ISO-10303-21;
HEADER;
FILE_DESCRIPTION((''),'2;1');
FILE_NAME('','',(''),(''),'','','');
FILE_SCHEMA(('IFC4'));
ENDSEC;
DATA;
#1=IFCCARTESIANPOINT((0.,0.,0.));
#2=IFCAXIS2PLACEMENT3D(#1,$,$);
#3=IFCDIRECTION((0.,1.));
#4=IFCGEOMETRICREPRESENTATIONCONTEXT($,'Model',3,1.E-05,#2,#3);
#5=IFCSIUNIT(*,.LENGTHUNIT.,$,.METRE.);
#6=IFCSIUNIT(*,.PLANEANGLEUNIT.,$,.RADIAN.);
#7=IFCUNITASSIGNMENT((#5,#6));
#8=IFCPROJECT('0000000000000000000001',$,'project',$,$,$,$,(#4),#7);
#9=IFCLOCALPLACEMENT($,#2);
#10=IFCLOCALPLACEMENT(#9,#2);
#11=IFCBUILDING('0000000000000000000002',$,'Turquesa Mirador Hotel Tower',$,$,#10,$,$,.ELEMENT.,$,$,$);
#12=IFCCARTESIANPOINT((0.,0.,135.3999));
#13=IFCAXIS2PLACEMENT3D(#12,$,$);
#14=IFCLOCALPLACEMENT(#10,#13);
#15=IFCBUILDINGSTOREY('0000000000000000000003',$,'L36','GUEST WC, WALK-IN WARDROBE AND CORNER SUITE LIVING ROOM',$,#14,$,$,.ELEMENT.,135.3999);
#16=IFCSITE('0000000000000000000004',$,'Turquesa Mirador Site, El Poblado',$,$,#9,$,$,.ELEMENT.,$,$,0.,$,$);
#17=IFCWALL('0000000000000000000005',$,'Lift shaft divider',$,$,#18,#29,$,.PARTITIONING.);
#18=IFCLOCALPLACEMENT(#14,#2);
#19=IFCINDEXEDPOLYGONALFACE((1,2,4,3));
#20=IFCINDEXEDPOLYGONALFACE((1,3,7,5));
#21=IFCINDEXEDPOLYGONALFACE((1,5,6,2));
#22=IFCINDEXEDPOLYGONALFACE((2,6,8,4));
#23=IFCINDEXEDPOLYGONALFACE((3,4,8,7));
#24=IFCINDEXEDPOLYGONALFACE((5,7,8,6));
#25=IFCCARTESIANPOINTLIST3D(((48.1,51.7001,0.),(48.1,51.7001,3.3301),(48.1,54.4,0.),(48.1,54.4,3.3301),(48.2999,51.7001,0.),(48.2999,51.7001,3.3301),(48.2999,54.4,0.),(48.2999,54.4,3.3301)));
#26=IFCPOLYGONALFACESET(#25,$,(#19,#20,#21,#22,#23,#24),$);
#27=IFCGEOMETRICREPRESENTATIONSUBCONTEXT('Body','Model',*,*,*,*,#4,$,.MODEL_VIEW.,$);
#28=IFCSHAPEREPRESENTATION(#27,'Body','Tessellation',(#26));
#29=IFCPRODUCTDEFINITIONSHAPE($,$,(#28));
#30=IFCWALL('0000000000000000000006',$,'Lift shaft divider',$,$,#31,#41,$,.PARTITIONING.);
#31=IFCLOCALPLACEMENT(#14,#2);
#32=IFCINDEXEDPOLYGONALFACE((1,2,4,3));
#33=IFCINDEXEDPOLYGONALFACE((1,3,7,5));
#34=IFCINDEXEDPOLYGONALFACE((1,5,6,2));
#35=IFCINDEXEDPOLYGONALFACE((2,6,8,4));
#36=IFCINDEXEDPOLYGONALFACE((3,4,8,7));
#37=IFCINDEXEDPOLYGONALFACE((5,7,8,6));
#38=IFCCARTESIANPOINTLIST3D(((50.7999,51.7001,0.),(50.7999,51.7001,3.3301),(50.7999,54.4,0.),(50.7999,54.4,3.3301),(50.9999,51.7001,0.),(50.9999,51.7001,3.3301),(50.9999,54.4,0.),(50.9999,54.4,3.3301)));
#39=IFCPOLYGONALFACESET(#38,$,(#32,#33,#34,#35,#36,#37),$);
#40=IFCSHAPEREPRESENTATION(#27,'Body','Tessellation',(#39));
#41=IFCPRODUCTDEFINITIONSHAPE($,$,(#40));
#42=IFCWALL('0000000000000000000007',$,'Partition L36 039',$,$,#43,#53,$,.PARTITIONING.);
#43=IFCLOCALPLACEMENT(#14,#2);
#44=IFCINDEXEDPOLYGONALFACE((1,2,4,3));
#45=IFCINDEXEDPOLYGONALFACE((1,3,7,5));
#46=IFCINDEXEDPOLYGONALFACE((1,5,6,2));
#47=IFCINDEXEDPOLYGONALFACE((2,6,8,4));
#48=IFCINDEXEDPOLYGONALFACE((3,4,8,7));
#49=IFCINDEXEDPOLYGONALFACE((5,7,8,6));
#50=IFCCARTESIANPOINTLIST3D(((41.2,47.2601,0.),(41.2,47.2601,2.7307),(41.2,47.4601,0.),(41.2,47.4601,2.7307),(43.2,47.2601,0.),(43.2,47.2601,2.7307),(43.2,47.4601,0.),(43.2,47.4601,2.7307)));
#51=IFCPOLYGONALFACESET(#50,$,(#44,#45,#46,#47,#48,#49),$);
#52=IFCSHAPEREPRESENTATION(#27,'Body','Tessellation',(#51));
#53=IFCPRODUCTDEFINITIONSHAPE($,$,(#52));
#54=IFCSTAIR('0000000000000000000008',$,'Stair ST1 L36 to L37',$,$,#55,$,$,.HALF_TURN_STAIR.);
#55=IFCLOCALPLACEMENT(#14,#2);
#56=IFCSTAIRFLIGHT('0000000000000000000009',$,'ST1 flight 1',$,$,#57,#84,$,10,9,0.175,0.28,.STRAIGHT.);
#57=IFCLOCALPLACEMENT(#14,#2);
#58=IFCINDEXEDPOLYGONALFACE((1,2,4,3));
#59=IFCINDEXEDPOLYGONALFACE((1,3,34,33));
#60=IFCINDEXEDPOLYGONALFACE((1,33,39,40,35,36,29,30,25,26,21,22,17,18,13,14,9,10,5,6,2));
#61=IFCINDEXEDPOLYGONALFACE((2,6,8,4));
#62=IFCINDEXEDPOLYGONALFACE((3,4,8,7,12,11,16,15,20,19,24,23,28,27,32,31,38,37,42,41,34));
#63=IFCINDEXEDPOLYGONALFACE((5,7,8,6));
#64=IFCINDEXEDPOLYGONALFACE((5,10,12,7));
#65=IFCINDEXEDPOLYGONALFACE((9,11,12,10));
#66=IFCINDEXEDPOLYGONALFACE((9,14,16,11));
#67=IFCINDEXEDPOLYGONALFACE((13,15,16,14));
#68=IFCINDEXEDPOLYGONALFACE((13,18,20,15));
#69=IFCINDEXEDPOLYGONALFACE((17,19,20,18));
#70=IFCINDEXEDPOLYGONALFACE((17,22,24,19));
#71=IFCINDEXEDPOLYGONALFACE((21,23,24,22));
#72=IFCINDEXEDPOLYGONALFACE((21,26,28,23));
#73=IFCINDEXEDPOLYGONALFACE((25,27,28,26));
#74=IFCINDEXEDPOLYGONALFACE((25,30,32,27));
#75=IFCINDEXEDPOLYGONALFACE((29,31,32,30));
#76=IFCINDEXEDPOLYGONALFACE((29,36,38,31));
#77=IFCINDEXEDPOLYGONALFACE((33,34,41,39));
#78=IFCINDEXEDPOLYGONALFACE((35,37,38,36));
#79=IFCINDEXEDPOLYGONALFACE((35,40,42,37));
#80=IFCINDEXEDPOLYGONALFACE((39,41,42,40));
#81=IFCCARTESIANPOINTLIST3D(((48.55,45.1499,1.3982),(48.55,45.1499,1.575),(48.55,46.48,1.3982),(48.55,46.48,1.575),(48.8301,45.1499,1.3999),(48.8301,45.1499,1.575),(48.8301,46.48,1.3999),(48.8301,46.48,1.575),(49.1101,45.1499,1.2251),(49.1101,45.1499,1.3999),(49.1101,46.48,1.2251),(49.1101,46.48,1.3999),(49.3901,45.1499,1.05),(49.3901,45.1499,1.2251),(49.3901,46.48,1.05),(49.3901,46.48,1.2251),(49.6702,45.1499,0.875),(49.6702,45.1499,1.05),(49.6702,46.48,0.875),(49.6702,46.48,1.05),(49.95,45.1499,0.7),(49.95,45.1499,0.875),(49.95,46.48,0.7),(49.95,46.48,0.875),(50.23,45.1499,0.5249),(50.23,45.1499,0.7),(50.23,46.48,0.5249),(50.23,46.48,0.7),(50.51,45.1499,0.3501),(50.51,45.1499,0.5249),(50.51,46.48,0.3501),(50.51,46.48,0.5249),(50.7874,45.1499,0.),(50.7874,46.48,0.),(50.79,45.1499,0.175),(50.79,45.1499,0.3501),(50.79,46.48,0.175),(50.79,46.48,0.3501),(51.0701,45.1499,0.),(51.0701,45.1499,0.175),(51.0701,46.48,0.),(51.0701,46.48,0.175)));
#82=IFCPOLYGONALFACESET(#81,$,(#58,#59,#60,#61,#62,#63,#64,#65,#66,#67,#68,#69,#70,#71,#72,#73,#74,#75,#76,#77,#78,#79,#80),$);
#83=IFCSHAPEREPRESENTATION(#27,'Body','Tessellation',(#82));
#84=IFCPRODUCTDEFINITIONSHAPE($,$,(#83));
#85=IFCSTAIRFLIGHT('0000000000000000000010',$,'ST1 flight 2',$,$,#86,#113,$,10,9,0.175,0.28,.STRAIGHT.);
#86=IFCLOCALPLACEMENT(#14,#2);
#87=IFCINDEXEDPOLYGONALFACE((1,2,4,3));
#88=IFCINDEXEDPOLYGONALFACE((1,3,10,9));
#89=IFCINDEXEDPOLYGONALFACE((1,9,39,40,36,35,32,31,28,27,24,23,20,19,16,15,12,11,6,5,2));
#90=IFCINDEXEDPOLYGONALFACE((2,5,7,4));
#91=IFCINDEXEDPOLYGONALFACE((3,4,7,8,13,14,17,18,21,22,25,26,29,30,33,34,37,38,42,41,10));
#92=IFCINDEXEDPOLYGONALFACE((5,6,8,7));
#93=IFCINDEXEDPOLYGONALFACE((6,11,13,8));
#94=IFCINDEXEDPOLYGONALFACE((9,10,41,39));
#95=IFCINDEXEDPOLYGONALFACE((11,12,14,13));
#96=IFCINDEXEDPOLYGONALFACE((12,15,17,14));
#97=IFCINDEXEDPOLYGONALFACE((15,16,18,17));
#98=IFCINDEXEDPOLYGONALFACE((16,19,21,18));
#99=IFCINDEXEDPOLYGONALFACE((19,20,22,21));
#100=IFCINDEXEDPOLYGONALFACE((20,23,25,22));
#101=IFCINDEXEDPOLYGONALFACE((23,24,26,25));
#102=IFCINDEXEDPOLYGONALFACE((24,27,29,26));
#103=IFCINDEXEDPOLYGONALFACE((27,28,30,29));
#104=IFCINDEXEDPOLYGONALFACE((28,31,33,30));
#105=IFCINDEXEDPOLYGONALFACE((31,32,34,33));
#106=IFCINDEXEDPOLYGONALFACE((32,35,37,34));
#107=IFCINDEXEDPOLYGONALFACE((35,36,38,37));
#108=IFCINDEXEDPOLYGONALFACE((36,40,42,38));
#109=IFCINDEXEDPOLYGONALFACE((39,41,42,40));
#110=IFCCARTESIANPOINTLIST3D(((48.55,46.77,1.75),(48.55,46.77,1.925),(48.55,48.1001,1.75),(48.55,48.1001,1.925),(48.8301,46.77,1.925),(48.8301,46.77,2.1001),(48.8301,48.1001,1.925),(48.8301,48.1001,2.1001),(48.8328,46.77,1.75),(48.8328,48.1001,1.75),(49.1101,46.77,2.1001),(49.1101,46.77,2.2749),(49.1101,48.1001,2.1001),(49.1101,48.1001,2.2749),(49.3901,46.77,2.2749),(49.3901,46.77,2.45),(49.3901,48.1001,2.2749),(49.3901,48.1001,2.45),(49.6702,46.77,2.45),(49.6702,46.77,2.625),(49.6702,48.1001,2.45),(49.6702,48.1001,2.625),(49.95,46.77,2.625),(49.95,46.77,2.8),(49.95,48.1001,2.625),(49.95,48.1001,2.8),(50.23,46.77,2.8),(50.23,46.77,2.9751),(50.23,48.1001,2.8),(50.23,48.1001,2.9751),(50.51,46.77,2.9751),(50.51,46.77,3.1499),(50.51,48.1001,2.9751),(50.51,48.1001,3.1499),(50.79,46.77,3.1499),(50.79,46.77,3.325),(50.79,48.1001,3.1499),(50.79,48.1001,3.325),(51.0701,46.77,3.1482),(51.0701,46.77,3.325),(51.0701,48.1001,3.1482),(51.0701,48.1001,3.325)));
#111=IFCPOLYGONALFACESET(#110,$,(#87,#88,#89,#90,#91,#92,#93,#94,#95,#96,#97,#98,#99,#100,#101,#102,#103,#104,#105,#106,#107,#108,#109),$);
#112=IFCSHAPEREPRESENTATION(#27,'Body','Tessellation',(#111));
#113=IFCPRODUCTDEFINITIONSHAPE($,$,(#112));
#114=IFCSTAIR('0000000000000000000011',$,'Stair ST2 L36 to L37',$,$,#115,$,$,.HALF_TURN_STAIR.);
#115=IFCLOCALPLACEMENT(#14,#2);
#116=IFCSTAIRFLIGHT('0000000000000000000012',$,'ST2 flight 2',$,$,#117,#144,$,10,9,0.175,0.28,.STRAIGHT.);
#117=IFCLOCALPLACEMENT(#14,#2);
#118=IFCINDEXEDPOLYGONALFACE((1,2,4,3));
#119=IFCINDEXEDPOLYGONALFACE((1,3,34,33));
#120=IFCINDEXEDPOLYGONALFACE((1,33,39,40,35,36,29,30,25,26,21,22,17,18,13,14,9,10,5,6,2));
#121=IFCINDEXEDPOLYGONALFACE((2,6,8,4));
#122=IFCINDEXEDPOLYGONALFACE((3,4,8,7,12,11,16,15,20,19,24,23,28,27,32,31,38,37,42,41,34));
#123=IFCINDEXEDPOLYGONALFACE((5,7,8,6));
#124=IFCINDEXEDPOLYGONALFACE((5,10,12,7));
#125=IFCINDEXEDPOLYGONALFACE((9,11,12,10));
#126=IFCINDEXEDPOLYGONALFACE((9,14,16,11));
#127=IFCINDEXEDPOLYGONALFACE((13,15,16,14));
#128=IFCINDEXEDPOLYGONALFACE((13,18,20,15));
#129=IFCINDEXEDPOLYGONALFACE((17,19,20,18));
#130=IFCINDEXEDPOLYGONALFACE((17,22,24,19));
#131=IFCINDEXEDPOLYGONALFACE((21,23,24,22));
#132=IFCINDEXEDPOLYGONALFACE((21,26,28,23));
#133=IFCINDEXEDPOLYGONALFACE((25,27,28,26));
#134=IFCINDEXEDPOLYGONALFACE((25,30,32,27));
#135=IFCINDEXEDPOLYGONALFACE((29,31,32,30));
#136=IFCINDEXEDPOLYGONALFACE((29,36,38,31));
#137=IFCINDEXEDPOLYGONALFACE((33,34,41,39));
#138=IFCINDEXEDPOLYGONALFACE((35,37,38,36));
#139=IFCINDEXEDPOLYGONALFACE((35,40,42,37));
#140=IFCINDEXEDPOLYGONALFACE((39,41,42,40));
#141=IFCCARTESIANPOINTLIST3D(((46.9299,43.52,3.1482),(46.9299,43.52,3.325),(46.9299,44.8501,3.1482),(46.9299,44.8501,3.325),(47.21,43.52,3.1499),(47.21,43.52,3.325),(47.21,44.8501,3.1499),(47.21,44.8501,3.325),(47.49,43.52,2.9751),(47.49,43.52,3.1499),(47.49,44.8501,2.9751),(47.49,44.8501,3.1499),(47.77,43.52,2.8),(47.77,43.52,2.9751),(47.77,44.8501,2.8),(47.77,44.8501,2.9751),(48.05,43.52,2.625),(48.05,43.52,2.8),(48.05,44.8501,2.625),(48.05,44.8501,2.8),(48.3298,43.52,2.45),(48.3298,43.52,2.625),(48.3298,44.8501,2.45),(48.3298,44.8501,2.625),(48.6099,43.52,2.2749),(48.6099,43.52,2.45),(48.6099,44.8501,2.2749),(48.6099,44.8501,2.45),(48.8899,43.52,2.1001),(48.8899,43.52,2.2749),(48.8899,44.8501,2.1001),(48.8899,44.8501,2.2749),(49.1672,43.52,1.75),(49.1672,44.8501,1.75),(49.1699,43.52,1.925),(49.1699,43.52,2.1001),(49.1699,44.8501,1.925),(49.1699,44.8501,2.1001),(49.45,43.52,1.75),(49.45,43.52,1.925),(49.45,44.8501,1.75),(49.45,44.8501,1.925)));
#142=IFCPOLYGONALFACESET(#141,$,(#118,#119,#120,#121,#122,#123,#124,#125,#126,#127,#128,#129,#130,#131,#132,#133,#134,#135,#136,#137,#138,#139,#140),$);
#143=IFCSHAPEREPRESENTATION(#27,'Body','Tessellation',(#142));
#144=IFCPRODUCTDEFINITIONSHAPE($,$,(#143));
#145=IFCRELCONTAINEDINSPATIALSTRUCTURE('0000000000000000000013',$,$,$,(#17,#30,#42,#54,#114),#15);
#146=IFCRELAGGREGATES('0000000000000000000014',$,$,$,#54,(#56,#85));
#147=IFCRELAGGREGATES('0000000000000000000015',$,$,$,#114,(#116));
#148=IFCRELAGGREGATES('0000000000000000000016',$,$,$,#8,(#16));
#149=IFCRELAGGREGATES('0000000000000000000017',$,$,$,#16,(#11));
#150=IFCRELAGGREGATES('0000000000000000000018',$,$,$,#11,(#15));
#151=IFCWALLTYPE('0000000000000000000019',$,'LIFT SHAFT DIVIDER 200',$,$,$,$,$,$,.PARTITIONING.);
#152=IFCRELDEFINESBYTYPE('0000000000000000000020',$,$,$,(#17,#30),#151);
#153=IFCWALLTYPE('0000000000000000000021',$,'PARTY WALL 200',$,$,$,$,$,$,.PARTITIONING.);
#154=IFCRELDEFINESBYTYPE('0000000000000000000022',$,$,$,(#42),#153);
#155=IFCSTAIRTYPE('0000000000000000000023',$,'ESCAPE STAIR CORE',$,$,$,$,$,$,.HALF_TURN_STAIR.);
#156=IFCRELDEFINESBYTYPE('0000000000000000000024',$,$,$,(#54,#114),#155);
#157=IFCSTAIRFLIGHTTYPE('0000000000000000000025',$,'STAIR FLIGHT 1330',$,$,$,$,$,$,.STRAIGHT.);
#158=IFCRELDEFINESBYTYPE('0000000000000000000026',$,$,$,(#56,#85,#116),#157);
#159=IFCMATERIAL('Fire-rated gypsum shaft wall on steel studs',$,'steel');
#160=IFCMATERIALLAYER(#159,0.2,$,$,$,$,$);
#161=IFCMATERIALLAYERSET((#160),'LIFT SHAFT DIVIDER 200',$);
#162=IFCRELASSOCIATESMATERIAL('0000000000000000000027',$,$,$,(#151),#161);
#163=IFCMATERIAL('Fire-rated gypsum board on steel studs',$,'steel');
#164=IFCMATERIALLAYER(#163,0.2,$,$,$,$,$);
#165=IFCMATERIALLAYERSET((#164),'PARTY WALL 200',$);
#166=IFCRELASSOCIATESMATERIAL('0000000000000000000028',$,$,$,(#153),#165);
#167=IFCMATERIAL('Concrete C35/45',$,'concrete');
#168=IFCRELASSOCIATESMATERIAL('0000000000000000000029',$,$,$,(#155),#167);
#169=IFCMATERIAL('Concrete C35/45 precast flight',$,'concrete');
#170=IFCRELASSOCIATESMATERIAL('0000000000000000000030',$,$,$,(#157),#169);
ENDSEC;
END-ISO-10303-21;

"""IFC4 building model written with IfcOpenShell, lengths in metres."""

from ifc_helpers import new_model, si_unit, direction, frame, frame_2d, origin, place, context, subcontext, project, spatial, polyline, rectangle, outline, extrude, material, layer, layer_set, type_object, element, aggregate, save


model = new_model("IFC4")

# Units and contexts
model_context = context("Model", 3, precision=1e-05, world=origin(), true_north=direction((0.0, 1.0)))
body_context = subcontext(model_context, "Body", "Model", "MODEL_VIEW")
ifc_project = project(units=[si_unit("LENGTHUNIT", "METRE"), si_unit("PLANEANGLEUNIT", "RADIAN")], contexts=[model_context])

# Site, building, storey
site_placement = place(None, origin())
site = spatial("IfcSite", under=ifc_project, at=site_placement, Name="Turquesa Mirador Site, El Poblado", CompositionType="ELEMENT", RefElevation=0.0)
building_placement = place(site_placement, origin())
building = spatial("IfcBuilding", under=site, at=building_placement, Name="Turquesa Mirador Hotel Tower", CompositionType="ELEMENT")
storey_placement = place(building_placement, frame((0.0, 0.0, 135.3999)))
storey = spatial("IfcBuildingStorey", under=building, at=storey_placement, Name="L36", Description="GUEST WC, WALK-IN WARDROBE AND CORNER SUITE LIVING ROOM", CompositionType="ELEMENT", Elevation=135.3999)

# Walls
ifc_material_1 = material(Name="Fire-rated gypsum shaft wall on steel studs", Category="steel")
ifc_layer_1 = layer(ifc_material_1, 0.2)
ifc_layer_set_1 = layer_set([ifc_layer_1], Name="LIFT SHAFT DIVIDER 200")
wall_type_1 = type_object("IfcWallType", Name="LIFT SHAFT DIVIDER 200", PredefinedType="PARTITIONING", material=ifc_layer_set_1)
for number, where, z_axis, x_axis, name in (
    (1, (48.2, 51.7, 0.0), (0.0, 0.0, 1.0), (0.0, 1.0, 0.0), "Lift shaft divider"),
    (2, (50.8999, 51.7, 0.0), (0.0, 0.0, 1.0), (0.0, 1.0, 0.0), "Lift shaft divider"),
):
    element("IfcWall", number, at=place(storey_placement, frame(where, z_axis=z_axis, x_axis=x_axis)), inside=storey, type_object=wall_type_1, Name=name, PredefinedType="PARTITIONING", context=body_context, shape_type="SweptSolid", body=[
        extrude(rectangle(XDim=2.7, YDim=0.2, at=frame_2d((1.3501, 0.0))), origin(), (0.0, 0.0, 1.0), 3.3301),
    ])
ifc_material_2 = material(Name="Fire-rated gypsum board on steel studs", Category="steel")
ifc_layer_2 = layer(ifc_material_2, 0.2)
ifc_layer_set_2 = layer_set([ifc_layer_2], Name="PARTY WALL 200")
wall_type_2 = type_object("IfcWallType", Name="PARTY WALL 200", PredefinedType="PARTITIONING", material=ifc_layer_set_2)
wall_1_placement = place(storey_placement, frame((41.2, 47.3601, 0.0), z_axis=(0.0, 0.0, 1.0), x_axis=(1.0, 0.0, 0.0)))
element("IfcWall", 3, at=wall_1_placement, inside=storey, type_object=wall_type_2, Name="Partition L36 039", PredefinedType="PARTITIONING", context=body_context, shape_type="SweptSolid", body=[
    extrude(rectangle(XDim=2.0, YDim=0.2, at=frame_2d((1.0, 0.0))), origin(), (0.0, 0.0, 1.0), 2.7307),
])

# Stair, stair flights
ifc_material_3 = material(Name="Concrete C35/45", Category="concrete")
stair_type = type_object("IfcStairType", Name="ESCAPE STAIR CORE", PredefinedType="HALF_TURN_STAIR", material=ifc_material_3)
stair_1_placement = place(storey_placement, origin())
stair_1 = element("IfcStair", 4, at=stair_1_placement, inside=storey, type_object=stair_type, Name="Stair ST1 L36 to L37", PredefinedType="HALF_TURN_STAIR")
ifc_material_4 = material(Name="Concrete C35/45 precast flight", Category="concrete")
stair_flight_type = type_object("IfcStairFlightType", Name="STAIR FLIGHT 1330", PredefinedType="STRAIGHT", material=ifc_material_4)
stair_flight_1_placement = place(storey_placement, frame((51.0701, 45.8149, 0.0), z_axis=(0.0, 0.0, 1.0), x_axis=(-1.0, 0.0, 0.0)))
stair_flight_1 = element("IfcStairFlight", 5, at=stair_flight_1_placement, type_object=stair_flight_type, Name="ST1 flight 1", NumberOfRisers=10, NumberOfTreads=9, PredefinedType="STRAIGHT", RiserHeight=0.175, TreadLength=0.28, context=body_context, shape_type="SweptSolid", body=[
    extrude(outline(polyline([(0.0, 0.0), (0.0, 0.175), (0.28, 0.175), (0.28, 0.3501), (0.5601, 0.3501), (0.5601, 0.5249), (0.8401, 0.5249), (0.8401, 0.7), (1.1201, 0.7), (1.1201, 0.875), (1.3999, 0.875), (1.3999, 1.05), (1.6799, 1.05), (1.6799, 1.2251), (1.96, 1.2251), (1.96, 1.3999), (2.24, 1.3999), (2.24, 1.575), (2.52, 1.575), (2.52, 1.75), (2.52, 1.3982), (0.2827, 0.0), (0.0, 0.0)])), frame((0.0, 0.665, 0.0), z_axis=(0.0, -1.0, 0.0), x_axis=(1.0, 0.0, 0.0)), (0.0, 0.0, 1.0), 1.3301),
])
stair_flight_2_placement = place(storey_placement, frame((48.55, 47.4351, 1.75), z_axis=(0.0, 0.0, 1.0), x_axis=(1.0, 0.0, 0.0)))
stair_flight_2 = element("IfcStairFlight", 6, at=stair_flight_2_placement, type_object=stair_flight_type, Name="ST1 flight 2", NumberOfRisers=10, NumberOfTreads=9, PredefinedType="STRAIGHT", RiserHeight=0.175, TreadLength=0.28, context=body_context, shape_type="SweptSolid", body=[
    extrude(outline(polyline([(0.0, 0.0), (0.0, 0.175), (0.28, 0.175), (0.28, 0.3501), (0.5601, 0.3501), (0.5601, 0.5249), (0.8401, 0.5249), (0.8401, 0.7), (1.1201, 0.7), (1.1201, 0.875), (1.3999, 0.875), (1.3999, 1.05), (1.6799, 1.05), (1.6799, 1.2251), (1.96, 1.2251), (1.96, 1.3999), (2.24, 1.3999), (2.24, 1.575), (2.52, 1.575), (2.52, 1.75), (2.52, 1.3982), (0.2827, 0.0), (0.0, 0.0)])), frame((0.0, 0.665, 0.0), z_axis=(0.0, -1.0, 0.0), x_axis=(1.0, 0.0, 0.0)), (0.0, 0.0, 1.0), 1.3301),
])
aggregate(stair_1, [stair_flight_1, stair_flight_2])

# Stair, stair flight
stair_2_placement = place(storey_placement, origin())
stair_2 = element("IfcStair", 7, at=stair_2_placement, inside=storey, type_object=stair_type, Name="Stair ST2 L36 to L37", PredefinedType="HALF_TURN_STAIR")
stair_flight_3_placement = place(storey_placement, frame((49.45, 44.1851, 1.75), z_axis=(0.0, 0.0, 1.0), x_axis=(-1.0, 0.0, 0.0)))
stair_flight_3 = element("IfcStairFlight", 8, at=stair_flight_3_placement, type_object=stair_flight_type, Name="ST2 flight 2", NumberOfRisers=10, NumberOfTreads=9, PredefinedType="STRAIGHT", RiserHeight=0.175, TreadLength=0.28, context=body_context, shape_type="SweptSolid", body=[
    extrude(outline(polyline([(0.0, 0.0), (0.0, 0.175), (0.28, 0.175), (0.28, 0.3501), (0.5601, 0.3501), (0.5601, 0.5249), (0.8401, 0.5249), (0.8401, 0.7), (1.1201, 0.7), (1.1201, 0.875), (1.3999, 0.875), (1.3999, 1.05), (1.6799, 1.05), (1.6799, 1.2251), (1.96, 1.2251), (1.96, 1.3999), (2.24, 1.3999), (2.24, 1.575), (2.52, 1.575), (2.52, 1.75), (2.52, 1.3982), (0.2827, 0.0), (0.0, 0.0)])), frame((0.0, 0.665, 0.0), z_axis=(0.0, -1.0, 0.0), x_axis=(1.0, 0.0, 0.0)), (0.0, 0.0, 1.0), 1.3301),
])
aggregate(stair_2, [stair_flight_3])

save(model, "model.ifc")
